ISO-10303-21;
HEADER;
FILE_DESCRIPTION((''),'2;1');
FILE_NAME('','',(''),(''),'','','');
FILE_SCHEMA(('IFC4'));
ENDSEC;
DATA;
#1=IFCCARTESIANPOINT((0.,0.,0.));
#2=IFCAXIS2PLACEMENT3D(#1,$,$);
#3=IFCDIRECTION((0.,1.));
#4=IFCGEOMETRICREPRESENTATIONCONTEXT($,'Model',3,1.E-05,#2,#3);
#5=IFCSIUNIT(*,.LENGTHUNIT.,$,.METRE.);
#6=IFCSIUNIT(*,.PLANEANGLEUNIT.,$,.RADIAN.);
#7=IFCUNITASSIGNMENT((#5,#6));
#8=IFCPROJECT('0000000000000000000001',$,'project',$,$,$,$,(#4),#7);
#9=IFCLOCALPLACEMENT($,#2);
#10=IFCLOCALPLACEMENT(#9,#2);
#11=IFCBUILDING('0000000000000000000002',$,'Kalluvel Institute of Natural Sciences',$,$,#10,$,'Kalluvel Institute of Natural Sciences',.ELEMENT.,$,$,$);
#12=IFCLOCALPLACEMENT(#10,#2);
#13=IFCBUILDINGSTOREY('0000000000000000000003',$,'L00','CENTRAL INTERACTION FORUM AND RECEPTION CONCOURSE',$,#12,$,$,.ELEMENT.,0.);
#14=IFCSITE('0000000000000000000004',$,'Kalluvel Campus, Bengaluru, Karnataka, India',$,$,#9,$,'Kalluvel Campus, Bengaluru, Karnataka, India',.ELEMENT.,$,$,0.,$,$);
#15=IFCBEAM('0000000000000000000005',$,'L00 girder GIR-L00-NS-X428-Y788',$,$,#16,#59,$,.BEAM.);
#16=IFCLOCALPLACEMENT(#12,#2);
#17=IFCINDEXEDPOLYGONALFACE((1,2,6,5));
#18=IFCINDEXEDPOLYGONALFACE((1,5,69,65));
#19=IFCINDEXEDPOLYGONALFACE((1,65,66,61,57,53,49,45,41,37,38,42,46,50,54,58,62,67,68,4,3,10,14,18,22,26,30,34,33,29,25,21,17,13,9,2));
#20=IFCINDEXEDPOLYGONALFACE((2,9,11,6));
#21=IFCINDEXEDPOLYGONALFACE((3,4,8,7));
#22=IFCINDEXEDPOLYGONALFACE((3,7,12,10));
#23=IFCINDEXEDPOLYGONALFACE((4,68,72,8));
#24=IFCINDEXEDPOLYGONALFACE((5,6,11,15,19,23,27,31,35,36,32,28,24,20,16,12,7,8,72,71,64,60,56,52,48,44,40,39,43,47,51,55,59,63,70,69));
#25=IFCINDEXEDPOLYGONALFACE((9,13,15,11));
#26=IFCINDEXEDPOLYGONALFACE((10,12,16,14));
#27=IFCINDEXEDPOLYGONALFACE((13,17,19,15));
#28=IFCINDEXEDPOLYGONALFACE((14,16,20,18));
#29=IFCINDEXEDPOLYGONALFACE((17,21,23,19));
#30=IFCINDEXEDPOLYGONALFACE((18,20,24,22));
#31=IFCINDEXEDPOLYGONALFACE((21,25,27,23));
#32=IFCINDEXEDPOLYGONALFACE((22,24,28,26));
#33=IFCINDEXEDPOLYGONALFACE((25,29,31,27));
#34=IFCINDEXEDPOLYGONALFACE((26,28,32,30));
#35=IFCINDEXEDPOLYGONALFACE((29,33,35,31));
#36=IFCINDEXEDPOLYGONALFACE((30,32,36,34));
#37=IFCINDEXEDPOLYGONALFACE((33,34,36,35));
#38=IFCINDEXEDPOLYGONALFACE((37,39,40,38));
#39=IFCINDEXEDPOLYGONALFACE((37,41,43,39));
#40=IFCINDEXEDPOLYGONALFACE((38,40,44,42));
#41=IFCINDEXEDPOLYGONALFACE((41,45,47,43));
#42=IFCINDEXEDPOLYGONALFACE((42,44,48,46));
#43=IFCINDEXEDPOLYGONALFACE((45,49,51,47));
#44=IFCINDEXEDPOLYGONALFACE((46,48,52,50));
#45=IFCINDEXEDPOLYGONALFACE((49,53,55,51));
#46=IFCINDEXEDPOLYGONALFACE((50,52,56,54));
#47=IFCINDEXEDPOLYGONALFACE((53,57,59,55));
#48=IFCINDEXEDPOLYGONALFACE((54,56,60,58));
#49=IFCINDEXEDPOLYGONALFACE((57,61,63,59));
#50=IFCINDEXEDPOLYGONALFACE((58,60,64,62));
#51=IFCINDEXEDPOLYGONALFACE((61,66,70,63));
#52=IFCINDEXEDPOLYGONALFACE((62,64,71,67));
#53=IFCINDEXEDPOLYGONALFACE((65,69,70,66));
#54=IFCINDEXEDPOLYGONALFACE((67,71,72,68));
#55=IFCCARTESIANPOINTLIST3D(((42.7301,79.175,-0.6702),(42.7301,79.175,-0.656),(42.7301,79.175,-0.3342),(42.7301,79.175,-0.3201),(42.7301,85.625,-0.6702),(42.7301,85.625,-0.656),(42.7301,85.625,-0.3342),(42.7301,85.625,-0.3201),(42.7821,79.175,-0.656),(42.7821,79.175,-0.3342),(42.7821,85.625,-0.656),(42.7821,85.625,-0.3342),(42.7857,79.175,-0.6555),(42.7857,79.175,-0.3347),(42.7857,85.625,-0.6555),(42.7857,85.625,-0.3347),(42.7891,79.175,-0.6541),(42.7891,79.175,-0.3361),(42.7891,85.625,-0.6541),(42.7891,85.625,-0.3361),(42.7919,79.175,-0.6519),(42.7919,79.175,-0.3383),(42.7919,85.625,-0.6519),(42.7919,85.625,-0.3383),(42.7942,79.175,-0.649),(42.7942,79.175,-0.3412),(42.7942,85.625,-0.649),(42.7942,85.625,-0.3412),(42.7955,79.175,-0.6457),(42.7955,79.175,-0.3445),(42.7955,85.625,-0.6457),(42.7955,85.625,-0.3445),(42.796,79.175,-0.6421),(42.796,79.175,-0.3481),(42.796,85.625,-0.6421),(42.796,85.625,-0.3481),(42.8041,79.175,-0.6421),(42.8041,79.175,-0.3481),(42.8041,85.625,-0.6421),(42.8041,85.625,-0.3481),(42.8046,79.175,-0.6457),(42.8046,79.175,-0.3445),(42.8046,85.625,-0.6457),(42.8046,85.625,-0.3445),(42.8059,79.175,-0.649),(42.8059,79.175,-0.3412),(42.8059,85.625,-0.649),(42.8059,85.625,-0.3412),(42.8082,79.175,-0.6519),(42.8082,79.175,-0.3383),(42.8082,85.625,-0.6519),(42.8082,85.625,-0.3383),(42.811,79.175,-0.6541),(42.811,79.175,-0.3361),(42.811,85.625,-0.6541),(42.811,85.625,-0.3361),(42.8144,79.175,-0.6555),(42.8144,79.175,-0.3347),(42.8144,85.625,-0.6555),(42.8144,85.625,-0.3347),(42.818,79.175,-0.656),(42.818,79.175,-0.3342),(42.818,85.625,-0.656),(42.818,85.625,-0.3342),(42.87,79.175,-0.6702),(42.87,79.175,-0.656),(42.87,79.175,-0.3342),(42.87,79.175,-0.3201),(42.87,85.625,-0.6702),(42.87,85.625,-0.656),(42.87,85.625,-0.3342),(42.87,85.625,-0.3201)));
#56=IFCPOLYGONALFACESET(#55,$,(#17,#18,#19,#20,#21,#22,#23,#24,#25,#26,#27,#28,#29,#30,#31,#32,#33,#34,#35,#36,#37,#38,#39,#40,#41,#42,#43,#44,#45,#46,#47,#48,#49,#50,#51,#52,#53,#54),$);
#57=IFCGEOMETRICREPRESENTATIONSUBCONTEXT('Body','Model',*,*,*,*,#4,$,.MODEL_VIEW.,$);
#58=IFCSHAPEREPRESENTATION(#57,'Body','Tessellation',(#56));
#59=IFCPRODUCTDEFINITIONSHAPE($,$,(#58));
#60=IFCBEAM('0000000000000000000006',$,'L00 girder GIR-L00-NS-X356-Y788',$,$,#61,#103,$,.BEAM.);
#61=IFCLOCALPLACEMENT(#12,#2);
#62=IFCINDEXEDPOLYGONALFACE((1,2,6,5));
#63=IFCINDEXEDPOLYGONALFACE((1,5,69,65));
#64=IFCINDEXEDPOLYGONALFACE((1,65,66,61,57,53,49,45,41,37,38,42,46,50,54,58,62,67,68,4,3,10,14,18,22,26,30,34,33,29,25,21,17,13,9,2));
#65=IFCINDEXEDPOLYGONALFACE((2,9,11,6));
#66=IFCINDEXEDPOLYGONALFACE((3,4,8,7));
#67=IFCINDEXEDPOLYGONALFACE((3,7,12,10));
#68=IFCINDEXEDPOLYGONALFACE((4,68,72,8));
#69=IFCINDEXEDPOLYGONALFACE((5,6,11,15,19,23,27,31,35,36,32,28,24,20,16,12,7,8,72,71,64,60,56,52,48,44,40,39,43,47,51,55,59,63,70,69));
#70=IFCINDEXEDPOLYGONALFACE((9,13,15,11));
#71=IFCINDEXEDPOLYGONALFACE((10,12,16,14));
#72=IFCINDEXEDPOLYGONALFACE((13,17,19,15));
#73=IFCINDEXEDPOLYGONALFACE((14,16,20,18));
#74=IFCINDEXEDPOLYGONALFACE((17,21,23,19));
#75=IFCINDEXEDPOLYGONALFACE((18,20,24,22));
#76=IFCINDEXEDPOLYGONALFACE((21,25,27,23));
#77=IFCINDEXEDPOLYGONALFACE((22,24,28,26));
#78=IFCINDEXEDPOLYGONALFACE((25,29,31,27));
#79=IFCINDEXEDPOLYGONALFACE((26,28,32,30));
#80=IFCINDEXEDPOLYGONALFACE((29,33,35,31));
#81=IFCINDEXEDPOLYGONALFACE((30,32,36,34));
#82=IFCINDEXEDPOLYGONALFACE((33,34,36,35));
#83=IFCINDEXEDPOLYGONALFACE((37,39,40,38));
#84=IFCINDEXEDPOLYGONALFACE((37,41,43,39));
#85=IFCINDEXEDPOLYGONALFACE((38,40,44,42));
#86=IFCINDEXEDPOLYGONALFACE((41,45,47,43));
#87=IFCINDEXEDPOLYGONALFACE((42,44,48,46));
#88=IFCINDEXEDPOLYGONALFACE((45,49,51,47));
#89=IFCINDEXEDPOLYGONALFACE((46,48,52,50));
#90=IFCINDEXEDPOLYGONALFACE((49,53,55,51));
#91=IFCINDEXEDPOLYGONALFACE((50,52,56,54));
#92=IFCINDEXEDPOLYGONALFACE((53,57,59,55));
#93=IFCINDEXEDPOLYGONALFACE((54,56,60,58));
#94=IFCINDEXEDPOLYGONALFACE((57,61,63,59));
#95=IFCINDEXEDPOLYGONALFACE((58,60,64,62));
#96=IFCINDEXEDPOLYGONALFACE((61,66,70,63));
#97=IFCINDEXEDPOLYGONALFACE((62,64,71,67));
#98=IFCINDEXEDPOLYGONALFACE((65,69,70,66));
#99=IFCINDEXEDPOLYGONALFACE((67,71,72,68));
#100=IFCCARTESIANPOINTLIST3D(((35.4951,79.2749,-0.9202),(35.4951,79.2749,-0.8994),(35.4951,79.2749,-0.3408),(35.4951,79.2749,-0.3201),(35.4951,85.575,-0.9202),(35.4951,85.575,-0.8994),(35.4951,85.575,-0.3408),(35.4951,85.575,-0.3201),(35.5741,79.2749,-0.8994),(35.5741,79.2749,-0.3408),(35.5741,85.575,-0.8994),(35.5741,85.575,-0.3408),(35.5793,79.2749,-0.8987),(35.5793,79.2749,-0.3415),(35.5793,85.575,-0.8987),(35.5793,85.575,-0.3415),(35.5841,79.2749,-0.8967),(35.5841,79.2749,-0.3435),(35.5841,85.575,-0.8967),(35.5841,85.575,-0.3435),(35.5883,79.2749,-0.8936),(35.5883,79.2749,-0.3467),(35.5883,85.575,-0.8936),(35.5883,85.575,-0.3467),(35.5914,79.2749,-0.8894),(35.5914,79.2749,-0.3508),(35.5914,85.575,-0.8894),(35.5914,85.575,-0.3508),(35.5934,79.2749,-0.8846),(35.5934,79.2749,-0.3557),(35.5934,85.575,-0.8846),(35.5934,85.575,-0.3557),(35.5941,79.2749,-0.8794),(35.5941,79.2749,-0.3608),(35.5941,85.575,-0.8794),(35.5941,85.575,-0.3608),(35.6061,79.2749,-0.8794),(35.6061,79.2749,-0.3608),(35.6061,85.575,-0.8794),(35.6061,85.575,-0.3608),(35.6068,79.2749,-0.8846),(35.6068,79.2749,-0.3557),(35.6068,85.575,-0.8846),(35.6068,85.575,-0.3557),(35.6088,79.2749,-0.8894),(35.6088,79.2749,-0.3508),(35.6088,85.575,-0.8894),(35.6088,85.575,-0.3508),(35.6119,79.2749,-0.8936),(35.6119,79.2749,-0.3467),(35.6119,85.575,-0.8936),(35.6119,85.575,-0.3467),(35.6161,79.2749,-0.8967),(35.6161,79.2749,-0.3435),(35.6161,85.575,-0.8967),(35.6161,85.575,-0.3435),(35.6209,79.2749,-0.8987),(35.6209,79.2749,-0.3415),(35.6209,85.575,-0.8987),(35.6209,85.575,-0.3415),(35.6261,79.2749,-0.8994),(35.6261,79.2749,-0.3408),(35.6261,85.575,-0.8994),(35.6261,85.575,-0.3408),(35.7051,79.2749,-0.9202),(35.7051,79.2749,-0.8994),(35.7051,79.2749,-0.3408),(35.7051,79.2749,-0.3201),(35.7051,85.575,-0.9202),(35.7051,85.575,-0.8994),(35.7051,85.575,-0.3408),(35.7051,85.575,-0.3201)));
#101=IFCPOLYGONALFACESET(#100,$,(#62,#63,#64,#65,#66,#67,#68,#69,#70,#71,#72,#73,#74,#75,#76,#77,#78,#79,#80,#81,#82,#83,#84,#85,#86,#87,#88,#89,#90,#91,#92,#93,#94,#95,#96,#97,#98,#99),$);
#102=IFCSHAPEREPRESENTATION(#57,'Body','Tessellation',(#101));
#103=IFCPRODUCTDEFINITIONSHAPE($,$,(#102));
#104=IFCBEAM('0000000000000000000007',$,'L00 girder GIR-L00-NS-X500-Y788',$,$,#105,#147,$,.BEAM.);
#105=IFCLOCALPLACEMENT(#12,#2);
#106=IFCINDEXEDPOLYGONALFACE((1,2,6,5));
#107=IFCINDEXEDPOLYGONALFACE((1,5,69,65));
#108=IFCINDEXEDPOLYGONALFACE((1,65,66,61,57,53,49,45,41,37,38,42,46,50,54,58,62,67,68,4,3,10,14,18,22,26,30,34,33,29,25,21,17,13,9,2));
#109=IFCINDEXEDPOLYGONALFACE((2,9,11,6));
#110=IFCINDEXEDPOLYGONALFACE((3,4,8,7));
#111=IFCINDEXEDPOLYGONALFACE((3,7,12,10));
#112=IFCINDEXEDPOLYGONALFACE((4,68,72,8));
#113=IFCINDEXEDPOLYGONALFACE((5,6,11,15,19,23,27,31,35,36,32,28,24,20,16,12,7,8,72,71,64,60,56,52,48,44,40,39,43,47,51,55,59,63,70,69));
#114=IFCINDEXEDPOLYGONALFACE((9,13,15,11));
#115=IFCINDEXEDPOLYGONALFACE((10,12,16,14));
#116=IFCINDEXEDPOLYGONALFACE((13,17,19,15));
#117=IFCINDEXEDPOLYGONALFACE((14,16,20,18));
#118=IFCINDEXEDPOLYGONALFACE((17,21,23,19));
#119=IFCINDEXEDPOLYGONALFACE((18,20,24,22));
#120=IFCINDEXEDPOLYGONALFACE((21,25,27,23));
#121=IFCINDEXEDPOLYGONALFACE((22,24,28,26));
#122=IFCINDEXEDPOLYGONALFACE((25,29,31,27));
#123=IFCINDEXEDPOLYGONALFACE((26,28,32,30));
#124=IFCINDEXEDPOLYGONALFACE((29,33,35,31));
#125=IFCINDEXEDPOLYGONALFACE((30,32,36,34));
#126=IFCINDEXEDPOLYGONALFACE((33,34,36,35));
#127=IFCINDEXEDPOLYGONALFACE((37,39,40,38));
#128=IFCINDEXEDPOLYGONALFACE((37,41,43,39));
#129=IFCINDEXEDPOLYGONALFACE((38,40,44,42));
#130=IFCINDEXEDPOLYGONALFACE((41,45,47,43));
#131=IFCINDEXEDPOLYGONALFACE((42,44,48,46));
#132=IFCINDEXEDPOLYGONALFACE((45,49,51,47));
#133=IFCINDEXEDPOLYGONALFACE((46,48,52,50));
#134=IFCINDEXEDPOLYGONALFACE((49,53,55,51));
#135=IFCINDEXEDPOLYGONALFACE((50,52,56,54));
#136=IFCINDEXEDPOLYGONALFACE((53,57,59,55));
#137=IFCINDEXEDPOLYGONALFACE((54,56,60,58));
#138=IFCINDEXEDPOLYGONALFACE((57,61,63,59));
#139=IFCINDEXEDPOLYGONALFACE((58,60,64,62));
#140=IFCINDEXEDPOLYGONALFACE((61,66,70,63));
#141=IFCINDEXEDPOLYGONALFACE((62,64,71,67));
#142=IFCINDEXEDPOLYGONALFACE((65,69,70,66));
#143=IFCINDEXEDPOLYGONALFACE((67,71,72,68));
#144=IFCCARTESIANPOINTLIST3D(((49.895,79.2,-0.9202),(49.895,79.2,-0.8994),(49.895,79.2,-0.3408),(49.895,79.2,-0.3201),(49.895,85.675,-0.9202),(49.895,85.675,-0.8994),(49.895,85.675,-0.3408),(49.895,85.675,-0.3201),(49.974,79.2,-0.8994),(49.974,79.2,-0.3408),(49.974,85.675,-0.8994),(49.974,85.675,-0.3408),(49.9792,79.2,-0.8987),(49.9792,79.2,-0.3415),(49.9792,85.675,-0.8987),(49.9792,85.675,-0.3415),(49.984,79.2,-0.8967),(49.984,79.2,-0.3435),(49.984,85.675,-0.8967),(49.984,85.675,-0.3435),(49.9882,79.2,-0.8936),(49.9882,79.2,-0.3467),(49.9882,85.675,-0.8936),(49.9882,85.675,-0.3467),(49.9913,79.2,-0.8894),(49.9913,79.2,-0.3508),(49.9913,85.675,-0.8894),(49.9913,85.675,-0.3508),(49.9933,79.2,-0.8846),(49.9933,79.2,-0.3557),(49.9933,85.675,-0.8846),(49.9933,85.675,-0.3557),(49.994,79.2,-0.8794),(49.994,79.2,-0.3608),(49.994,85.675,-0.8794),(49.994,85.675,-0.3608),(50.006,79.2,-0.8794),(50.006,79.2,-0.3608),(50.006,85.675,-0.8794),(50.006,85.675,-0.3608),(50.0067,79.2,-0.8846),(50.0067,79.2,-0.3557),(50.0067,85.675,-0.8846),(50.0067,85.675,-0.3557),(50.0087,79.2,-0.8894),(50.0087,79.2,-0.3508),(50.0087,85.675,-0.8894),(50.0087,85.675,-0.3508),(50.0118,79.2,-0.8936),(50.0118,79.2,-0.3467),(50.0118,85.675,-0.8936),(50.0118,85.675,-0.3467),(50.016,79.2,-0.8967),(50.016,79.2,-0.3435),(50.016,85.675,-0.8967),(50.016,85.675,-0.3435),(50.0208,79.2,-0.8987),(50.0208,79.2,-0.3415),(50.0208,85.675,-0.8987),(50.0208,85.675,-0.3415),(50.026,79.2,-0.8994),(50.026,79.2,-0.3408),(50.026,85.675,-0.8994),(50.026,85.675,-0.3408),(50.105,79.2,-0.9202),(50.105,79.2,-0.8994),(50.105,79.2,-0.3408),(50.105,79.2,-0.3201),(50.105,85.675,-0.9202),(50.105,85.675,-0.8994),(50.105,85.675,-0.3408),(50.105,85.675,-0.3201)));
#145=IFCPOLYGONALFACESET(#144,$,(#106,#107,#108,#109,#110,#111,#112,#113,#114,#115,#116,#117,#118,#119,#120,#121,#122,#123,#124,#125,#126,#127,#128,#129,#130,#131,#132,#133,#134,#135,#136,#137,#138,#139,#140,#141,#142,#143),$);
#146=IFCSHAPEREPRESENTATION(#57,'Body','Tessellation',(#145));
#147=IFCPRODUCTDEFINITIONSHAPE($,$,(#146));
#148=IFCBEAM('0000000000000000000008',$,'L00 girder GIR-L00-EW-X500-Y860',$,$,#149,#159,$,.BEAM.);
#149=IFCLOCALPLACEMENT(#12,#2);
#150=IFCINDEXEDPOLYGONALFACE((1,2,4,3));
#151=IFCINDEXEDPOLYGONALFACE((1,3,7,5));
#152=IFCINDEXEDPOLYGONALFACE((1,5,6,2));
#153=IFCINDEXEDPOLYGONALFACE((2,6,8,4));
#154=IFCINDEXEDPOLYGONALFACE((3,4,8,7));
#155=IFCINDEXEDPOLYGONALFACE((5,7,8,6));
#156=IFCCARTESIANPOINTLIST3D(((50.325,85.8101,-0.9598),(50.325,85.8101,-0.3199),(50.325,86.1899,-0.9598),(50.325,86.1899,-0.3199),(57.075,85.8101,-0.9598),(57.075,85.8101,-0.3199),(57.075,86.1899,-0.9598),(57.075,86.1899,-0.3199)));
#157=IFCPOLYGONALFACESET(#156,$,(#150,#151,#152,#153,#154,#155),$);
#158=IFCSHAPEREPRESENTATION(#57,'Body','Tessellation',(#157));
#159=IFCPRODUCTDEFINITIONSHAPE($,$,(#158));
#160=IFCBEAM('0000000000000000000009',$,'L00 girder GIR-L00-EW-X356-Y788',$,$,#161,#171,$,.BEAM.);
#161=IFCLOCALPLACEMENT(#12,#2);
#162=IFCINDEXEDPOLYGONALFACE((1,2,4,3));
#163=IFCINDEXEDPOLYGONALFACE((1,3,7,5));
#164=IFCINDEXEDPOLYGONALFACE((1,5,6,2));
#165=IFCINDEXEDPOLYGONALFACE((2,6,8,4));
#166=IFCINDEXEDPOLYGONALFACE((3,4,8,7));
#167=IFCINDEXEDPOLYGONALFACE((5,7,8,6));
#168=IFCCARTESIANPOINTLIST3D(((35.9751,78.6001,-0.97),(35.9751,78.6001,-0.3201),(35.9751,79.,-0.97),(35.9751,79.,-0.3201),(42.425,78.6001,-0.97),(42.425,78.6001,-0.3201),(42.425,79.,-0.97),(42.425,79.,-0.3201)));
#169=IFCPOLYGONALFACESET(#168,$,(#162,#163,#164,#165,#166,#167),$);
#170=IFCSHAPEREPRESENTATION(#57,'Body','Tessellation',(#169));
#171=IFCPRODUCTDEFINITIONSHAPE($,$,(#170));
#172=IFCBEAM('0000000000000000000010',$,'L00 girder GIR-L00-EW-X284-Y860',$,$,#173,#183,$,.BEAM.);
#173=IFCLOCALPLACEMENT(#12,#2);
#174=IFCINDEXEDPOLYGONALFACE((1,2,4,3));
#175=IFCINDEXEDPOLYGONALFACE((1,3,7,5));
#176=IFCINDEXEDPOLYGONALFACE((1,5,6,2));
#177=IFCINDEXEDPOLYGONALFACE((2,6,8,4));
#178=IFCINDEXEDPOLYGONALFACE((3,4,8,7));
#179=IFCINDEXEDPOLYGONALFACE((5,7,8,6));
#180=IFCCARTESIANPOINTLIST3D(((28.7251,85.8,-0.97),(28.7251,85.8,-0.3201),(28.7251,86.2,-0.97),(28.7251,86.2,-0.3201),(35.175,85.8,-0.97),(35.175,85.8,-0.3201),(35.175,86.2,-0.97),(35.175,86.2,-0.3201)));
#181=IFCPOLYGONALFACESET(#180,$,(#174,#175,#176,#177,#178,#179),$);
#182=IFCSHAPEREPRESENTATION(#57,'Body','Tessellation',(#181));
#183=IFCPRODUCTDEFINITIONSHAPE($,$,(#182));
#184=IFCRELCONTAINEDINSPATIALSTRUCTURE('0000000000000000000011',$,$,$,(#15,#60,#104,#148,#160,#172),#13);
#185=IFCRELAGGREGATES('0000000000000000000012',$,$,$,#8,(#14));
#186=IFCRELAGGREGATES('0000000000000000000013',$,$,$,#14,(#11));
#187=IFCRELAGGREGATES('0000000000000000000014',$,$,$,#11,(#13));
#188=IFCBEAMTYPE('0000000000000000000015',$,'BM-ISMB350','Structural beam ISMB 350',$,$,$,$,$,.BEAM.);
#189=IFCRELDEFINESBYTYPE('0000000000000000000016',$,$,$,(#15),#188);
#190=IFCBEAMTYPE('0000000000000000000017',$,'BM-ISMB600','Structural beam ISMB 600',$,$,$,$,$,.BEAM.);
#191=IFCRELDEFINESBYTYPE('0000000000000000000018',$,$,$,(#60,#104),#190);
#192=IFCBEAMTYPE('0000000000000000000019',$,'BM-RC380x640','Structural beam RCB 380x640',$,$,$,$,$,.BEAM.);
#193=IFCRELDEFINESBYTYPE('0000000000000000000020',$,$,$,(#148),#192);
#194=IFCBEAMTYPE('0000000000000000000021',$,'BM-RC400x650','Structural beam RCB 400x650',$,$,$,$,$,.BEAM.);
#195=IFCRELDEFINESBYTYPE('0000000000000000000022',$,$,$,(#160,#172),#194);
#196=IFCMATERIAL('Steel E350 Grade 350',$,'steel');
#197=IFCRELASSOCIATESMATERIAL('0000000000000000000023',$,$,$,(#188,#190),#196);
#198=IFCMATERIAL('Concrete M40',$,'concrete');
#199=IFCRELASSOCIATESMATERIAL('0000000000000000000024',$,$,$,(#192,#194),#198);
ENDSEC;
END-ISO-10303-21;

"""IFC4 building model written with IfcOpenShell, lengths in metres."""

from ifc_helpers import new_model, si_unit, direction, frame, origin, origin_2d, place, context, subcontext, project, spatial, rectangle, i_section, extrude, material, material_profile, profile_set, type_object, element, save


model = new_model("IFC4")

# Units and contexts
model_context = context("Model", 3, precision=1e-05, world=origin(), true_north=direction((0.0, 1.0)))
body_context = subcontext(model_context, "Body", "Model", "MODEL_VIEW")
ifc_project = project(units=[si_unit("LENGTHUNIT", "METRE"), si_unit("PLANEANGLEUNIT", "RADIAN")], contexts=[model_context])

# Site, building, storey
site_placement = place(None, origin())
site = spatial("IfcSite", under=ifc_project, at=site_placement, Name="Kalluvel Campus, Bengaluru, Karnataka, India", LongName="Kalluvel Campus, Bengaluru, Karnataka, India", CompositionType="ELEMENT", RefElevation=0.0)
building_placement = place(site_placement, origin())
building = spatial("IfcBuilding", under=site, at=building_placement, Name="Kalluvel Institute of Natural Sciences", LongName="Kalluvel Institute of Natural Sciences", CompositionType="ELEMENT")
storey_placement = place(building_placement, origin())
storey = spatial("IfcBuildingStorey", under=building, at=storey_placement, Name="L00", Description="CENTRAL INTERACTION FORUM AND RECEPTION CONCOURSE", CompositionType="ELEMENT", Elevation=0.0)

# Beams
ifc_material_1 = material(Name="Steel E350 Grade 350", Category="steel")
ifc_material_profile_1 = material_profile(ifc_material_1, i_section(OverallWidth=0.1399, OverallDepth=0.3501, WebThickness=0.0081, FlangeThickness=0.0142, FilletRadius=0.0139, at=origin_2d()), Name="ISMB 350")
ifc_profile_set_1 = profile_set([ifc_material_profile_1], Name="Steel E350 Grade 350")
beam_type_1 = type_object("IfcBeamType", Name="BM-ISMB350", Description="Structural beam ISMB 350", PredefinedType="BEAM", material=ifc_profile_set_1)
beam_1_placement = place(storey_placement, frame((42.8, 79.175, -0.4951), z_axis=(0.0, 1.0, 0.0), x_axis=(-1.0, 0.0, 0.0)))
element("IfcBeam", 1, at=beam_1_placement, inside=storey, type_object=beam_type_1, Name="L00 girder GIR-L00-NS-X428-Y788", PredefinedType="BEAM", context=body_context, shape_type="SweptSolid", body=[
    extrude(i_section(OverallWidth=0.1399, OverallDepth=0.3501, WebThickness=0.0081, FlangeThickness=0.0142, FilletRadius=0.0139, at=origin_2d()), origin(), (0.0, 0.0, 1.0), 6.45),
])
ifc_material_profile_2 = material_profile(ifc_material_1, i_section(OverallWidth=0.21, OverallDepth=0.6001, WebThickness=0.012, FlangeThickness=0.0208, FilletRadius=0.02, at=origin_2d()), Name="ISMB 600")
ifc_profile_set_2 = profile_set([ifc_material_profile_2], Name="Steel E350 Grade 350")
beam_type_2 = type_object("IfcBeamType", Name="BM-ISMB600", Description="Structural beam ISMB 600", PredefinedType="BEAM", material=ifc_profile_set_2)
beam_2_placement = place(storey_placement, frame((35.6001, 79.2749, -0.6201), z_axis=(0.0, 1.0, 0.0), x_axis=(-1.0, 0.0, 0.0)))
element("IfcBeam", 2, at=beam_2_placement, inside=storey, type_object=beam_type_2, Name="L00 girder GIR-L00-NS-X356-Y788", PredefinedType="BEAM", context=body_context, shape_type="SweptSolid", body=[
    extrude(i_section(OverallWidth=0.21, OverallDepth=0.6001, WebThickness=0.012, FlangeThickness=0.0208, FilletRadius=0.02, at=origin_2d()), origin(), (0.0, 0.0, 1.0), 6.3),
])
beam_3_placement = place(storey_placement, frame((50.0, 79.2, -0.6201), z_axis=(0.0, 1.0, 0.0), x_axis=(-1.0, 0.0, 0.0)))
element("IfcBeam", 3, at=beam_3_placement, inside=storey, type_object=beam_type_2, Name="L00 girder GIR-L00-NS-X500-Y788", PredefinedType="BEAM", context=body_context, shape_type="SweptSolid", body=[
    extrude(i_section(OverallWidth=0.21, OverallDepth=0.6001, WebThickness=0.012, FlangeThickness=0.0208, FilletRadius=0.02, at=origin_2d()), origin(), (0.0, 0.0, 1.0), 6.4751),
])
ifc_material_2 = material(Name="Concrete M40", Category="concrete")
ifc_material_profile_3 = material_profile(ifc_material_2, rectangle(XDim=0.3799, YDim=0.6399, at=origin_2d()), Name="RCB 380x640")
ifc_profile_set_3 = profile_set([ifc_material_profile_3], Name="Concrete M40")
beam_type_3 = type_object("IfcBeamType", Name="BM-RC380x640", Description="Structural beam RCB 380x640", PredefinedType="BEAM", material=ifc_profile_set_3)
beam_4_placement = place(storey_placement, frame((50.325, 86.0, -0.6399), z_axis=(1.0, 0.0, 0.0), x_axis=(0.0, 1.0, 0.0)))
element("IfcBeam", 4, at=beam_4_placement, inside=storey, type_object=beam_type_3, Name="L00 girder GIR-L00-EW-X500-Y860", PredefinedType="BEAM", context=body_context, shape_type="SweptSolid", body=[
    extrude(rectangle(XDim=0.3799, YDim=0.6399, at=origin_2d()), origin(), (0.0, 0.0, 1.0), 6.75),
])
ifc_material_profile_4 = material_profile(ifc_material_2, rectangle(XDim=0.3999, YDim=0.6499, at=origin_2d()), Name="RCB 400x650")
ifc_profile_set_4 = profile_set([ifc_material_profile_4], Name="Concrete M40")
beam_type_4 = type_object("IfcBeamType", Name="BM-RC400x650", Description="Structural beam RCB 400x650", PredefinedType="BEAM", material=ifc_profile_set_4)
for number, where, z_axis, x_axis, name in (
    (5, (35.9751, 78.8, -0.645), (1.0, 0.0, 0.0), (0.0, 1.0, 0.0), "L00 girder GIR-L00-EW-X356-Y788"),
    (6, (28.7251, 86.0, -0.645), (1.0, 0.0, 0.0), (0.0, 1.0, 0.0), "L00 girder GIR-L00-EW-X284-Y860"),
):
    element("IfcBeam", number, at=place(storey_placement, frame(where, z_axis=z_axis, x_axis=x_axis)), inside=storey, type_object=beam_type_4, Name=name, PredefinedType="BEAM", context=body_context, shape_type="SweptSolid", body=[
        extrude(rectangle(XDim=0.3999, YDim=0.6499, at=origin_2d()), origin(), (0.0, 0.0, 1.0), 6.45),
    ])

save(model, "model.ifc")
